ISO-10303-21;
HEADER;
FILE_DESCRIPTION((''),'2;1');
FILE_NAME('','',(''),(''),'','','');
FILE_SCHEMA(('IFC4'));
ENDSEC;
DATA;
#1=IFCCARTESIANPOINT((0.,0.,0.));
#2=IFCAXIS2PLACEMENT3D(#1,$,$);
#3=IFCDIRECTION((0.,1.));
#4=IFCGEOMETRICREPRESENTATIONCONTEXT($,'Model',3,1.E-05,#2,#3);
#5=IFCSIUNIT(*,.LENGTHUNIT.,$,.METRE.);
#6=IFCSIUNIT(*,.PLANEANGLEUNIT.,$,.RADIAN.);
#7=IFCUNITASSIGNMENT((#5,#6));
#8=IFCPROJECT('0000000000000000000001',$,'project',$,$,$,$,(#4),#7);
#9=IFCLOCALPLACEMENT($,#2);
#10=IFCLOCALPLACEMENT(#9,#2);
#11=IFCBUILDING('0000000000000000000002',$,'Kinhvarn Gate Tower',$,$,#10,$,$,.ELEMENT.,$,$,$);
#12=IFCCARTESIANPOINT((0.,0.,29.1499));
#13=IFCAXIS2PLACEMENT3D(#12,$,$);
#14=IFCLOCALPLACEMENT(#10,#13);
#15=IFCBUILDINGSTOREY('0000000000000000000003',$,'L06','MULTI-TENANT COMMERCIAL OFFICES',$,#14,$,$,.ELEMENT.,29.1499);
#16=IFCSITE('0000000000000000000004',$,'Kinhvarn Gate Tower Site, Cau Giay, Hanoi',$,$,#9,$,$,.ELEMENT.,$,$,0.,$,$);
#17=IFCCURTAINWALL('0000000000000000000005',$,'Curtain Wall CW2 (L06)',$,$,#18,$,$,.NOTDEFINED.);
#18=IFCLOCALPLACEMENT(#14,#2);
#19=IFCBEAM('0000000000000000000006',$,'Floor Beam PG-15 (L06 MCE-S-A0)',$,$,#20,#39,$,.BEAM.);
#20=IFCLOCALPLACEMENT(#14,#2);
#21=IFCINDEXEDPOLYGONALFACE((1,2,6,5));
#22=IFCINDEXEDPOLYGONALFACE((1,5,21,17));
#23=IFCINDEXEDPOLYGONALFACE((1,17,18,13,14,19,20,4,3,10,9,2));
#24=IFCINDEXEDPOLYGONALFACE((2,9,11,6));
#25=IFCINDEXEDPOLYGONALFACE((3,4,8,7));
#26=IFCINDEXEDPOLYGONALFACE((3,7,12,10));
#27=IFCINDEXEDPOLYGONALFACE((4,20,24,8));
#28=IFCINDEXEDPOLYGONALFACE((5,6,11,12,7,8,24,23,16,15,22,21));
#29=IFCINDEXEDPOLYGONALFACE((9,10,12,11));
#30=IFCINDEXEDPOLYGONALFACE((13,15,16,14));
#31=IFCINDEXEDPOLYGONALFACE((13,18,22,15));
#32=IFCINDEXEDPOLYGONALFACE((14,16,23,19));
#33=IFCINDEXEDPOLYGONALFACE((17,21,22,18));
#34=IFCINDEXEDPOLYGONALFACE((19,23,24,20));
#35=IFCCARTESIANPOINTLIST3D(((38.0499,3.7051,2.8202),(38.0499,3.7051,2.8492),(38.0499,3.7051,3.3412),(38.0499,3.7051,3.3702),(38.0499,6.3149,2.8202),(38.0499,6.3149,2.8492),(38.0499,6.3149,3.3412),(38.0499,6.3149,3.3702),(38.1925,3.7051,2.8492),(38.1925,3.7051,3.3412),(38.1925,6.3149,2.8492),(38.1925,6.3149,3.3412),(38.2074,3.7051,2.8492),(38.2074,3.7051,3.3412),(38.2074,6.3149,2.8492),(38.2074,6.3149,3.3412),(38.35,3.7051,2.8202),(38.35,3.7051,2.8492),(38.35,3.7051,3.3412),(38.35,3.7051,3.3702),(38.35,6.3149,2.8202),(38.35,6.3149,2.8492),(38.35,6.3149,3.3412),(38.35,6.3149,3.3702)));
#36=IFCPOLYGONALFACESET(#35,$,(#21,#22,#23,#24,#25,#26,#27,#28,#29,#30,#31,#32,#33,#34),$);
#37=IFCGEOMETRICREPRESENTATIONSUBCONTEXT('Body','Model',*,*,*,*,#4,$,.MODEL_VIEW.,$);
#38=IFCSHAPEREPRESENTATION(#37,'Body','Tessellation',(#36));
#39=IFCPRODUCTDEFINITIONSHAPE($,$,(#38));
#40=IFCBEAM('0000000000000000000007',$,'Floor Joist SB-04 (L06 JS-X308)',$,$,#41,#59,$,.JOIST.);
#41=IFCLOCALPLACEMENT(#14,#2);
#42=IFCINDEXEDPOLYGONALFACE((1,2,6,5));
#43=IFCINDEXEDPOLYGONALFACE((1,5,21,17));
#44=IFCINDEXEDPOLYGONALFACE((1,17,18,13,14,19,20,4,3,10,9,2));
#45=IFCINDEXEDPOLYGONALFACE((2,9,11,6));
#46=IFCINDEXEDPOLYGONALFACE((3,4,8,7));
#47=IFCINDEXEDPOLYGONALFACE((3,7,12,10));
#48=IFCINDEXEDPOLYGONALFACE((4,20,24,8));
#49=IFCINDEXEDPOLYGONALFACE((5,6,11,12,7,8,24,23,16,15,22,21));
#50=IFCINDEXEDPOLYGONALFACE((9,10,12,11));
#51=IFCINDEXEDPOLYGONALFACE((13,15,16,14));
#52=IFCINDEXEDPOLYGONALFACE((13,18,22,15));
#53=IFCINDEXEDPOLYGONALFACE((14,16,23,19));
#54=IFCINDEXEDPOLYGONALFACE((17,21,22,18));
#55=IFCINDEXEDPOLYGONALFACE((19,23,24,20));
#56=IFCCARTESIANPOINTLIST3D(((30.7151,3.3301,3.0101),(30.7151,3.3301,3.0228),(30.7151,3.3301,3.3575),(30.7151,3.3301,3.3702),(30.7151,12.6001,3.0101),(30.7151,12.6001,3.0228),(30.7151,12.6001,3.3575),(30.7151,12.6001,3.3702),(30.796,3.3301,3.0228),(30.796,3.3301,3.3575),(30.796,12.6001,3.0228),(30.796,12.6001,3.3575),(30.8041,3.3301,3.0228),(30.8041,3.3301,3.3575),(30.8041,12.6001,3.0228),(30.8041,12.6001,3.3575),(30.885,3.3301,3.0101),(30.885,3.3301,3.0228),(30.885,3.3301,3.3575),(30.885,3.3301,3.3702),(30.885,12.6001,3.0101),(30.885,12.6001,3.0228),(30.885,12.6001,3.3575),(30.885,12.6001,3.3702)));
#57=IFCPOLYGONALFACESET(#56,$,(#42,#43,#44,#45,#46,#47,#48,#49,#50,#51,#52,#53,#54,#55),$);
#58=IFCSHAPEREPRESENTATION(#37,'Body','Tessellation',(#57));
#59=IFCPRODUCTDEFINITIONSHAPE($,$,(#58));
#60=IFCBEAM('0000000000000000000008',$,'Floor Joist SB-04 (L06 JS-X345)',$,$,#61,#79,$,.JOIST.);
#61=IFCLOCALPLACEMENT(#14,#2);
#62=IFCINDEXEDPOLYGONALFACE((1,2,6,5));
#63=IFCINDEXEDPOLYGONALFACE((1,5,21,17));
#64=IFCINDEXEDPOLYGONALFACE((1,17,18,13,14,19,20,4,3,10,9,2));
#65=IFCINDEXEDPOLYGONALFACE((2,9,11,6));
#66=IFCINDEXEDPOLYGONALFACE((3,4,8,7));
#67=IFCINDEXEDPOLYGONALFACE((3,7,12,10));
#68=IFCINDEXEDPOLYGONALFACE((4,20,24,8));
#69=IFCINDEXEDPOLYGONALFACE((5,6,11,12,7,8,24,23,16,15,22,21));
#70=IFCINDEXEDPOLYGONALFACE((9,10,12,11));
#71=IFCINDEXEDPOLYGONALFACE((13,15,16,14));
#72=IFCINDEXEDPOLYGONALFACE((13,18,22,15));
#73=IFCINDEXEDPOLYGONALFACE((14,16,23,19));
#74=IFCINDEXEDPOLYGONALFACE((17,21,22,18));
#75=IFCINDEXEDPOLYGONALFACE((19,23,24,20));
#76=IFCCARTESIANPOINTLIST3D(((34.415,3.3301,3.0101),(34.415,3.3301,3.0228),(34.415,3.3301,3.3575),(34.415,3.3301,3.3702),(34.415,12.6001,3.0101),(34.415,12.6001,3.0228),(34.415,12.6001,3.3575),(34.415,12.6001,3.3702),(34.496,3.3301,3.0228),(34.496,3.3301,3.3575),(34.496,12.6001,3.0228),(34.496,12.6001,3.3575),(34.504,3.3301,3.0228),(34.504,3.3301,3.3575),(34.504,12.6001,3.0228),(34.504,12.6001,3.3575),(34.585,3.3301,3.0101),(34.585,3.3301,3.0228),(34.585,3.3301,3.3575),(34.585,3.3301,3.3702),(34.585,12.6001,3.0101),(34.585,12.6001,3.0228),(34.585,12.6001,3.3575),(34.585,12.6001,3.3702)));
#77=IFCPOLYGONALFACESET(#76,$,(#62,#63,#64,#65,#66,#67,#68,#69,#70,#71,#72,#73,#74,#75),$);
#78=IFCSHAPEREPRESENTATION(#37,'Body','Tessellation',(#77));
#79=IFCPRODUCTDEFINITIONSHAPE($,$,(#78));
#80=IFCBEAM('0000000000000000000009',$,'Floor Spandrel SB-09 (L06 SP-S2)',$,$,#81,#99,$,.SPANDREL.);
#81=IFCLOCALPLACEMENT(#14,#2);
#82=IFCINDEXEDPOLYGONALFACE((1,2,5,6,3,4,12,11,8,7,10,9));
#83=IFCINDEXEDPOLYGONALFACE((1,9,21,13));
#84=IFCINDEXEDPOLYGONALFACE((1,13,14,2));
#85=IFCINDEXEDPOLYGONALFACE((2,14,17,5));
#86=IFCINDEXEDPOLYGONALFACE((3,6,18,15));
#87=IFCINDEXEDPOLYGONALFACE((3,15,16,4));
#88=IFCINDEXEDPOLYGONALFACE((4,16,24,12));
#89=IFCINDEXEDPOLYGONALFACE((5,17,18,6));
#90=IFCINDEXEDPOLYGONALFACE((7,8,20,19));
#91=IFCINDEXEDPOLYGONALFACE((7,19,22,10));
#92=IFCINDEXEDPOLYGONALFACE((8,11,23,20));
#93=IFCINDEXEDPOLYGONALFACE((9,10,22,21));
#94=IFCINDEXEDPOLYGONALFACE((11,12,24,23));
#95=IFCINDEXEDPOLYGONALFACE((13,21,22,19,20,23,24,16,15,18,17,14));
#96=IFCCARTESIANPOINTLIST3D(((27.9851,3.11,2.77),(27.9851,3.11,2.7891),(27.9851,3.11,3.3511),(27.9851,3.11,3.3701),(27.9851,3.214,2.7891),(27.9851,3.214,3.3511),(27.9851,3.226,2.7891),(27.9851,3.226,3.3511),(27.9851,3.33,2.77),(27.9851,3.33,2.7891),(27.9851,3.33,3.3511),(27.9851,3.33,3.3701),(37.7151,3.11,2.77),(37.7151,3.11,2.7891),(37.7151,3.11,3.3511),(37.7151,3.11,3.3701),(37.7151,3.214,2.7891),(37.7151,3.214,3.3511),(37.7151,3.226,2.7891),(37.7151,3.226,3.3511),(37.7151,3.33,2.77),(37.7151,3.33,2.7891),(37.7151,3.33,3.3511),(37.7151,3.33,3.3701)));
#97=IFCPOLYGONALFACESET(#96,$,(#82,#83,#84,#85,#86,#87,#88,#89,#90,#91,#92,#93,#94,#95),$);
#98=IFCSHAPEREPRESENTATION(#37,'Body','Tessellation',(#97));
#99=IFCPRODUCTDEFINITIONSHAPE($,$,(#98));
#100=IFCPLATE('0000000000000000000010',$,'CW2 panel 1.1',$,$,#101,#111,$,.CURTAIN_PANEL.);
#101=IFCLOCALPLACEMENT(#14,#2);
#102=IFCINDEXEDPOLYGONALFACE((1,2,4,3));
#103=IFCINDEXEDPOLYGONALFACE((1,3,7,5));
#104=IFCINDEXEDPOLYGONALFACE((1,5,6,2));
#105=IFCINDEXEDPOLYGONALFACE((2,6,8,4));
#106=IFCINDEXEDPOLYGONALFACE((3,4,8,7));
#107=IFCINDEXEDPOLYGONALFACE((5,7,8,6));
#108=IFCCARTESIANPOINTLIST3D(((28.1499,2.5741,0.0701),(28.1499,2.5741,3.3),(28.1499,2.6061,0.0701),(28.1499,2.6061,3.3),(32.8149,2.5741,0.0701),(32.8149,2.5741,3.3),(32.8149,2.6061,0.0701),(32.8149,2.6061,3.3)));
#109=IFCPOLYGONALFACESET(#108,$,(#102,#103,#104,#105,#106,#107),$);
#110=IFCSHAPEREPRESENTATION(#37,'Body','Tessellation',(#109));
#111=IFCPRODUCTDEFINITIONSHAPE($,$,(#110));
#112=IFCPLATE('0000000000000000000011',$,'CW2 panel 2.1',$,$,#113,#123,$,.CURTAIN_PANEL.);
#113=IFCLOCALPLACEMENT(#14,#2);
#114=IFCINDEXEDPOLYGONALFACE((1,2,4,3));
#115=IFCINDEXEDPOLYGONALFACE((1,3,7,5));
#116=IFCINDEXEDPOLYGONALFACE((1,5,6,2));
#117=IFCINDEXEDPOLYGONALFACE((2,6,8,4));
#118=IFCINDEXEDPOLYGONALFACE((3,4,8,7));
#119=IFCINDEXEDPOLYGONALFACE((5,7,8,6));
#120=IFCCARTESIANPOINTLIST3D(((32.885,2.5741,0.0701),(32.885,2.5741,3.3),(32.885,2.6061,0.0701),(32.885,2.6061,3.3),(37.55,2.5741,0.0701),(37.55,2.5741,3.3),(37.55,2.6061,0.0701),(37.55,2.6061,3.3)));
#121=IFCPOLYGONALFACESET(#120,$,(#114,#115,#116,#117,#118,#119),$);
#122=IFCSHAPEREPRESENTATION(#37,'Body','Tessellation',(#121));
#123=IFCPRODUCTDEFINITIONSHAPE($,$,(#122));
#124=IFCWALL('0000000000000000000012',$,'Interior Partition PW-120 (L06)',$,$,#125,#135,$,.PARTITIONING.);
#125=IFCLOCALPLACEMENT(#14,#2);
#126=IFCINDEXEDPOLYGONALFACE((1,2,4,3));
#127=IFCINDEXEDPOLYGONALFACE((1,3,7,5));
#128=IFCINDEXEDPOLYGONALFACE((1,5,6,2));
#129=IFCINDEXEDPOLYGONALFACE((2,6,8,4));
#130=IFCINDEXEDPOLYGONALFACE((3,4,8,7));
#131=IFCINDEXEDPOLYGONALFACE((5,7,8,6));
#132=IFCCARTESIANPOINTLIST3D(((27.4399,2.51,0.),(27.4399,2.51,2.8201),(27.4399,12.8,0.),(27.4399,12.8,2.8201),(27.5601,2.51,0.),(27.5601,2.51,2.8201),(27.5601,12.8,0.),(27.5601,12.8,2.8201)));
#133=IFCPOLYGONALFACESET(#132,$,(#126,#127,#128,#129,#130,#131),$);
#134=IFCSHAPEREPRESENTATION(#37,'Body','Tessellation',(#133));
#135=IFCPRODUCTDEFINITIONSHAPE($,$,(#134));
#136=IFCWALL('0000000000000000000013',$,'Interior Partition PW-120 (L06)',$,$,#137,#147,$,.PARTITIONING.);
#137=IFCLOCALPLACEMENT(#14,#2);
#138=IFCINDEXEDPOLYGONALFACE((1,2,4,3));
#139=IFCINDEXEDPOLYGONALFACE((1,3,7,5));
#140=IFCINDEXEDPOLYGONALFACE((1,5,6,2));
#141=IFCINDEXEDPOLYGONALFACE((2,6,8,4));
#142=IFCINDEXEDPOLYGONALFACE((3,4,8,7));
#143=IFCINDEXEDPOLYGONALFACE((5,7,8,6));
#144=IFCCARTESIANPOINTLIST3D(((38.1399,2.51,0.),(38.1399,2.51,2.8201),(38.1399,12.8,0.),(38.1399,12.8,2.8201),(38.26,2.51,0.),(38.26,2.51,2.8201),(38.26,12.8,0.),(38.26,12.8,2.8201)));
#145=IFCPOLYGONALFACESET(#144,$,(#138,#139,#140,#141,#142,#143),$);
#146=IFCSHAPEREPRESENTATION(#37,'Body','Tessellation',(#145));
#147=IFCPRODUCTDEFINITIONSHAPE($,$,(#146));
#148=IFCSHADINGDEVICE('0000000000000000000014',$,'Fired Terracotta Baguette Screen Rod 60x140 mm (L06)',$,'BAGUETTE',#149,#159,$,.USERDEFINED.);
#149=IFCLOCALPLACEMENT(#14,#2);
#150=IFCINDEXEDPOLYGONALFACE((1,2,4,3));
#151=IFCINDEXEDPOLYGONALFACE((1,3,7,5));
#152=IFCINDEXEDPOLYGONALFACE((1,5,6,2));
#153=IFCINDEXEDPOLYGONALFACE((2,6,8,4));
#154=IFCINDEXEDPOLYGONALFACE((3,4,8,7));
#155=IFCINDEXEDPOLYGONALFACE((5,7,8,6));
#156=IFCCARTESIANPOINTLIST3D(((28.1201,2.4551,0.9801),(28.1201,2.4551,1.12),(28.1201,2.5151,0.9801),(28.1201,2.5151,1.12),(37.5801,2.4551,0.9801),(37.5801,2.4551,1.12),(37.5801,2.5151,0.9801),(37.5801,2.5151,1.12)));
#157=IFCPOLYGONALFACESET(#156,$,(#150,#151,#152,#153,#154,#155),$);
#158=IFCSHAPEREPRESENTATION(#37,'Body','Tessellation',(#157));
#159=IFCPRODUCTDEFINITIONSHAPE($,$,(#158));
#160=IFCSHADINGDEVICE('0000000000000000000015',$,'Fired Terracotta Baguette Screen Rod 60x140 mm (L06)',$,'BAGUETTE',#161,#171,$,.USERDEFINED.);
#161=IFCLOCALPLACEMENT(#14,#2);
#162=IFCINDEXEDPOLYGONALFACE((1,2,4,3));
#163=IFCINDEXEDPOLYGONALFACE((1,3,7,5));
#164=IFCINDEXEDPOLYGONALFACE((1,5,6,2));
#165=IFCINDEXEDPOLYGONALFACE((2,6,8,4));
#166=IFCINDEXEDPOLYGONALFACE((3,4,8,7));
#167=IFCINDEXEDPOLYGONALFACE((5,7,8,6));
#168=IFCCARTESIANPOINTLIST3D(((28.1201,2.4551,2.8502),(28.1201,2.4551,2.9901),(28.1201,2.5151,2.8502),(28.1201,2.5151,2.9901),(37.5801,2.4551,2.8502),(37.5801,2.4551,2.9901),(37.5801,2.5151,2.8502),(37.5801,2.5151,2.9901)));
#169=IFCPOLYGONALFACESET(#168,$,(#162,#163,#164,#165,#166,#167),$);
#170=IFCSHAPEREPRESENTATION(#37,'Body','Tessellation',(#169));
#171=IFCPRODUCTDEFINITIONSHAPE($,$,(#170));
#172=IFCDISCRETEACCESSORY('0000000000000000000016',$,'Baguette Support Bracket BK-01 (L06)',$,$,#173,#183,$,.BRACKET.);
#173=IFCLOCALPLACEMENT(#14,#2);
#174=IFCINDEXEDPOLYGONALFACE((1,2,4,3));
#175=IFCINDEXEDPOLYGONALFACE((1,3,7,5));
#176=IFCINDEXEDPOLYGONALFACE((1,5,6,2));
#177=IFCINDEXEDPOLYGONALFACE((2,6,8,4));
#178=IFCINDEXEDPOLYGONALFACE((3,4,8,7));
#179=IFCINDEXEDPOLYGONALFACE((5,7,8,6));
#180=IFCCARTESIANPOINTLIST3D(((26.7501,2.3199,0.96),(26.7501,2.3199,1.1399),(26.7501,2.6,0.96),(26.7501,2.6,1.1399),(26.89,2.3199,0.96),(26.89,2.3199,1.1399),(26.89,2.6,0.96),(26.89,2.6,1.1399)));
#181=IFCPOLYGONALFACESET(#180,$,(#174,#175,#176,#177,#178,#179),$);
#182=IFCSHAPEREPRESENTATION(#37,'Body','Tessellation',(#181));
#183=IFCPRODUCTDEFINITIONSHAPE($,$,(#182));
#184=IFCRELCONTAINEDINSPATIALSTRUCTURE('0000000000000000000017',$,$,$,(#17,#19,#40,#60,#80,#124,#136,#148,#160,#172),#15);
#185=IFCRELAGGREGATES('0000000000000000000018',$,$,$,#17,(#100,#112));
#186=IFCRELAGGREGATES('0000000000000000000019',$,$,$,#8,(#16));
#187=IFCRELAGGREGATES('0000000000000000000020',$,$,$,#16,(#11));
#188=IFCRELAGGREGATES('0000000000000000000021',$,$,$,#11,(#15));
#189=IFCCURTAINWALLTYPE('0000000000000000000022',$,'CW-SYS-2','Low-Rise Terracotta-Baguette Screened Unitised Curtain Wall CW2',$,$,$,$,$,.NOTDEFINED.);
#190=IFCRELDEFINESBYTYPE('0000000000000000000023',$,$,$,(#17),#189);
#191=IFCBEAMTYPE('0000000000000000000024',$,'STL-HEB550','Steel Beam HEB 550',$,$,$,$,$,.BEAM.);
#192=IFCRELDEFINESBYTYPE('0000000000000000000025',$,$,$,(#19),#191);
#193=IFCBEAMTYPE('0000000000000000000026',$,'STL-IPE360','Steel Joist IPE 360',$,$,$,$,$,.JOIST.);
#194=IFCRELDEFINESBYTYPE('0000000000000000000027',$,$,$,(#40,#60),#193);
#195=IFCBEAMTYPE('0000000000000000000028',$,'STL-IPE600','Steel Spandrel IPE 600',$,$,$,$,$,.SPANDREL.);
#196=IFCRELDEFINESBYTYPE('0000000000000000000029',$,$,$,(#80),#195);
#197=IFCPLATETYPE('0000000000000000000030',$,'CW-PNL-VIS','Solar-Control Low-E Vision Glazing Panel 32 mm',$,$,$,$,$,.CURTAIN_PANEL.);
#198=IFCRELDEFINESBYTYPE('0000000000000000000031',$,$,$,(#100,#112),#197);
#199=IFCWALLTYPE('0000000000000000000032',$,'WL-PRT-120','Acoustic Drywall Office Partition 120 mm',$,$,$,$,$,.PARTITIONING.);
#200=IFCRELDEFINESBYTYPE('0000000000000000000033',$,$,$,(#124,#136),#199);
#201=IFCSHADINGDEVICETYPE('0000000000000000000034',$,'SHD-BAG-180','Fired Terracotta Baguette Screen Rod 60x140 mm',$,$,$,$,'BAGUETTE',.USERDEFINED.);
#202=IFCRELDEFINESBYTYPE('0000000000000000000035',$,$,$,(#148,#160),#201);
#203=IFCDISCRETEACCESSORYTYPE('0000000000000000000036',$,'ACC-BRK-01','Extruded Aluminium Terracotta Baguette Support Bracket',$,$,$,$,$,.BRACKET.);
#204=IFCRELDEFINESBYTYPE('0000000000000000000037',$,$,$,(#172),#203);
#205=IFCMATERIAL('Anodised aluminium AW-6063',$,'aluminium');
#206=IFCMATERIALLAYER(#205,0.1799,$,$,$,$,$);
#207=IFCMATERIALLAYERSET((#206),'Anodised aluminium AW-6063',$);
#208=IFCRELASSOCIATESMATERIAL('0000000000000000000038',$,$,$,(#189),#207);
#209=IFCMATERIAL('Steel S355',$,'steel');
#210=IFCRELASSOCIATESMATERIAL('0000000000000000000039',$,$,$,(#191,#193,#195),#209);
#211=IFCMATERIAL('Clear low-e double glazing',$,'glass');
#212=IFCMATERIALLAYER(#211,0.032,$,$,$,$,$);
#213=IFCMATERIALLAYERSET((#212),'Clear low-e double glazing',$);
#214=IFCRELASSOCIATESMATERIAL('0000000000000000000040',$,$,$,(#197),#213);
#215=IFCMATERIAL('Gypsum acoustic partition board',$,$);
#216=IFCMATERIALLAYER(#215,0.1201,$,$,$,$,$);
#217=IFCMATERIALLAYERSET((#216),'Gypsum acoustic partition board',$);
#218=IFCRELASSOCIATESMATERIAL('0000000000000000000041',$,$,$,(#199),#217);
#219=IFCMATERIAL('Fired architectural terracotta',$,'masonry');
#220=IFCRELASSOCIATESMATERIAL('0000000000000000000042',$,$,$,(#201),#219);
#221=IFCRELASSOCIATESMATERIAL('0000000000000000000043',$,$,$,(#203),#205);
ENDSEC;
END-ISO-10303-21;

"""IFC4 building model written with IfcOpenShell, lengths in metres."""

from ifc_helpers import new_model, si_unit, direction, frame, frame_2d, origin, origin_2d, place, context, subcontext, project, spatial, rectangle, i_section, extrude, material, layer, layer_set, material_profile, profile_set, type_object, element, aggregate, save


model = new_model("IFC4")

# Units and contexts
model_context = context("Model", 3, precision=1e-05, world=origin(), true_north=direction((0.0, 1.0)))
body_context = subcontext(model_context, "Body", "Model", "MODEL_VIEW")
ifc_project = project(units=[si_unit("LENGTHUNIT", "METRE"), si_unit("PLANEANGLEUNIT", "RADIAN")], contexts=[model_context])

# Site, building, storey
site_placement = place(None, origin())
site = spatial("IfcSite", under=ifc_project, at=site_placement, Name="Kinhvarn Gate Tower Site, Cau Giay, Hanoi", CompositionType="ELEMENT", RefElevation=0.0)
building_placement = place(site_placement, origin())
building = spatial("IfcBuilding", under=site, at=building_placement, Name="Kinhvarn Gate Tower", CompositionType="ELEMENT")
storey_placement = place(building_placement, frame((0.0, 0.0, 29.1499)))
storey = spatial("IfcBuildingStorey", under=building, at=storey_placement, Name="L06", Description="MULTI-TENANT COMMERCIAL OFFICES", CompositionType="ELEMENT", Elevation=29.1499)

# Shared definitions
ifc_material_1 = material(Name="Anodised aluminium AW-6063", Category="aluminium")
ifc_layer_1 = layer(ifc_material_1, 0.1799)
ifc_layer_set_1 = layer_set([ifc_layer_1], Name="Anodised aluminium AW-6063")
curtain_wall_type = type_object("IfcCurtainWallType", Name="CW-SYS-2", Description="Low-Rise Terracotta-Baguette Screened Unitised Curtain Wall CW2", PredefinedType="NOTDEFINED", material=ifc_layer_set_1)

# Curtain wall
curtain_wall_1_placement = place(storey_placement, origin())
curtain_wall_1 = element("IfcCurtainWall", 1, at=curtain_wall_1_placement, inside=storey, type_object=curtain_wall_type, Name="Curtain Wall CW2 (L06)", PredefinedType="NOTDEFINED")

# Beams
ifc_material_2 = material(Name="Steel S355", Category="steel")
ifc_material_profile_1 = material_profile(ifc_material_2, i_section(OverallWidth=0.3, OverallDepth=0.55, WebThickness=0.0149, FlangeThickness=0.0291, at=origin_2d()), Name="HEB 550")
ifc_profile_set_1 = profile_set([ifc_material_profile_1], Name="Steel S355")
beam_type_1 = type_object("IfcBeamType", Name="STL-HEB550", Description="Steel Beam HEB 550", PredefinedType="BEAM", material=ifc_profile_set_1)
beam_1_placement = place(storey_placement, frame((38.2, 3.7051, 3.0952), z_axis=(0.0, 1.0, 0.0), x_axis=(-1.0, 0.0, 0.0)))
element("IfcBeam", 2, at=beam_1_placement, inside=storey, type_object=beam_type_1, Name="Floor Beam PG-15 (L06 MCE-S-A0)", PredefinedType="BEAM", context=body_context, shape_type="SweptSolid", body=[
    extrude(i_section(OverallWidth=0.3, OverallDepth=0.55, WebThickness=0.0149, FlangeThickness=0.0291, at=origin_2d()), origin(), (0.0, 0.0, 1.0), 2.6099),
])
ifc_material_profile_2 = material_profile(ifc_material_2, i_section(OverallWidth=0.1699, OverallDepth=0.3601, WebThickness=0.0081, FlangeThickness=0.0127, at=origin_2d()), Name="IPE 360")
ifc_profile_set_2 = profile_set([ifc_material_profile_2], Name="Steel S355")
beam_type_2 = type_object("IfcBeamType", Name="STL-IPE360", Description="Steel Joist IPE 360", PredefinedType="JOIST", material=ifc_profile_set_2)
for number, where, z_axis, x_axis, name in (
    (3, (30.8, 3.3301, 3.1902), (0.0, 1.0, 0.0), (-1.0, 0.0, 0.0), "Floor Joist SB-04 (L06 JS-X308)"),
    (4, (34.5, 3.3301, 3.1902), (0.0, 1.0, 0.0), (-1.0, 0.0, 0.0), "Floor Joist SB-04 (L06 JS-X345)"),
):
    element("IfcBeam", number, at=place(storey_placement, frame(where, z_axis=z_axis, x_axis=x_axis)), inside=storey, type_object=beam_type_2, Name=name, PredefinedType="JOIST", context=body_context, shape_type="SweptSolid", body=[
        extrude(i_section(OverallWidth=0.1699, OverallDepth=0.3601, WebThickness=0.0081, FlangeThickness=0.0127, at=origin_2d()), origin(), (0.0, 0.0, 1.0), 9.27),
    ])
ifc_material_profile_3 = material_profile(ifc_material_2, i_section(OverallWidth=0.22, OverallDepth=0.6001, WebThickness=0.012, FlangeThickness=0.019, at=origin_2d()), Name="IPE 600")
ifc_profile_set_3 = profile_set([ifc_material_profile_3], Name="Steel S355")
beam_type_3 = type_object("IfcBeamType", Name="STL-IPE600", Description="Steel Spandrel IPE 600", PredefinedType="SPANDREL", material=ifc_profile_set_3)
beam_2_placement = place(storey_placement, frame((27.9851, 3.22, 3.0701), z_axis=(1.0, 0.0, 0.0), x_axis=(0.0, 1.0, 0.0)))
element("IfcBeam", 5, at=beam_2_placement, inside=storey, type_object=beam_type_3, Name="Floor Spandrel SB-09 (L06 SP-S2)", PredefinedType="SPANDREL", context=body_context, shape_type="SweptSolid", body=[
    extrude(i_section(OverallWidth=0.22, OverallDepth=0.6001, WebThickness=0.012, FlangeThickness=0.019, at=origin_2d()), origin(), (0.0, 0.0, 1.0), 9.73),
])

# Plates
ifc_material_3 = material(Name="Clear low-e double glazing", Category="glass")
ifc_layer_2 = layer(ifc_material_3, 0.032)
ifc_layer_set_2 = layer_set([ifc_layer_2], Name="Clear low-e double glazing")
plate_type = type_object("IfcPlateType", Name="CW-PNL-VIS", Description="Solar-Control Low-E Vision Glazing Panel 32 mm", PredefinedType="CURTAIN_PANEL", material=ifc_layer_set_2)
plate_1_placement = place(storey_placement, frame((30.4824, 2.5901, 0.0701), z_axis=(0.0, 0.0, 1.0), x_axis=(1.0, 0.0, 0.0)))
plate_1 = element("IfcPlate", 6, at=plate_1_placement, type_object=plate_type, Name="CW2 panel 1.1", PredefinedType="CURTAIN_PANEL", context=body_context, shape_type="SweptSolid", body=[
    extrude(rectangle(XDim=4.665, YDim=0.032, at=origin_2d()), origin(), (0.0, 0.0, 1.0), 3.23),
])
plate_2_placement = place(storey_placement, frame((35.2175, 2.5901, 0.0701), z_axis=(0.0, 0.0, 1.0), x_axis=(1.0, 0.0, 0.0)))
plate_2 = element("IfcPlate", 7, at=plate_2_placement, type_object=plate_type, Name="CW2 panel 2.1", PredefinedType="CURTAIN_PANEL", context=body_context, shape_type="SweptSolid", body=[
    extrude(rectangle(XDim=4.665, YDim=0.032, at=origin_2d()), origin(), (0.0, 0.0, 1.0), 3.23),
])
aggregate(curtain_wall_1, [plate_1, plate_2])

# Walls
ifc_material_4 = material(Name="Gypsum acoustic partition board")
ifc_layer_3 = layer(ifc_material_4, 0.1201)
ifc_layer_set_3 = layer_set([ifc_layer_3], Name="Gypsum acoustic partition board")
wall_type = type_object("IfcWallType", Name="WL-PRT-120", Description="Acoustic Drywall Office Partition 120 mm", PredefinedType="PARTITIONING", material=ifc_layer_set_3)
for number, where, z_axis, x_axis, name in (
    (8, (27.5, 2.51, 0.0), (0.0, 0.0, 1.0), (0.0, 1.0, 0.0), "Interior Partition PW-120 (L06)"),
    (9, (38.2, 2.51, 0.0), (0.0, 0.0, 1.0), (0.0, 1.0, 0.0), "Interior Partition PW-120 (L06)"),
):
    element("IfcWall", number, at=place(storey_placement, frame(where, z_axis=z_axis, x_axis=x_axis)), inside=storey, type_object=wall_type, Name=name, PredefinedType="PARTITIONING", context=body_context, shape_type="SweptSolid", body=[
        extrude(rectangle(XDim=10.29, YDim=0.1201, at=frame_2d((5.145, 0.0))), origin(), (0.0, 0.0, 1.0), 2.8201),
    ])

# Shading devices
ifc_material_5 = material(Name="Fired architectural terracotta", Category="masonry")
ifc_material_profile_4 = material_profile(ifc_material_5, rectangle(XDim=0.0601, YDim=0.1399, at=origin_2d()), Name="TC 60x140")
ifc_profile_set_4 = profile_set([ifc_material_profile_4], Name="Fired architectural terracotta")
shading_device_type = type_object("IfcShadingDeviceType", Name="SHD-BAG-180", Description="Fired Terracotta Baguette Screen Rod 60x140 mm", ElementType="BAGUETTE", PredefinedType="USERDEFINED", material=ifc_profile_set_4)
for number, where, z_axis, x_axis, name in (
    (10, (28.1201, 2.4851, 1.05), (1.0, 0.0, 0.0), (0.0, 1.0, 0.0), "Fired Terracotta Baguette Screen Rod 60x140 mm (L06)"),
    (11, (28.1201, 2.4851, 2.9202), (1.0, 0.0, 0.0), (0.0, 1.0, 0.0), "Fired Terracotta Baguette Screen Rod 60x140 mm (L06)"),
):
    element("IfcShadingDevice", number, at=place(storey_placement, frame(where, z_axis=z_axis, x_axis=x_axis)), inside=storey, type_object=shading_device_type, Name=name, ObjectType="BAGUETTE", PredefinedType="USERDEFINED", context=body_context, shape_type="SweptSolid", body=[
        extrude(rectangle(XDim=0.0601, YDim=0.1399, at=origin_2d()), origin(), (0.0, 0.0, 1.0), 9.46),
    ])

# Discrete accessory
discrete_accessory_type = type_object("IfcDiscreteAccessoryType", Name="ACC-BRK-01", Description="Extruded Aluminium Terracotta Baguette Support Bracket", PredefinedType="BRACKET", material=ifc_material_1)
for number, where, z_axis, x_axis, name in (
    (12, (26.8201, 2.46, 0.96), (0.0, 0.0, 1.0), (1.0, 0.0, 0.0), "Baguette Support Bracket BK-01 (L06)"),
):
    element("IfcDiscreteAccessory", number, at=place(storey_placement, frame(where, z_axis=z_axis, x_axis=x_axis)), inside=storey, type_object=discrete_accessory_type, Name=name, PredefinedType="BRACKET", context=body_context, shape_type="SweptSolid", body=[
        extrude(rectangle(XDim=0.1399, YDim=0.28, at=origin_2d()), origin(), (0.0, 0.0, 1.0), 0.1799),
    ])

save(model, "model.ifc")
